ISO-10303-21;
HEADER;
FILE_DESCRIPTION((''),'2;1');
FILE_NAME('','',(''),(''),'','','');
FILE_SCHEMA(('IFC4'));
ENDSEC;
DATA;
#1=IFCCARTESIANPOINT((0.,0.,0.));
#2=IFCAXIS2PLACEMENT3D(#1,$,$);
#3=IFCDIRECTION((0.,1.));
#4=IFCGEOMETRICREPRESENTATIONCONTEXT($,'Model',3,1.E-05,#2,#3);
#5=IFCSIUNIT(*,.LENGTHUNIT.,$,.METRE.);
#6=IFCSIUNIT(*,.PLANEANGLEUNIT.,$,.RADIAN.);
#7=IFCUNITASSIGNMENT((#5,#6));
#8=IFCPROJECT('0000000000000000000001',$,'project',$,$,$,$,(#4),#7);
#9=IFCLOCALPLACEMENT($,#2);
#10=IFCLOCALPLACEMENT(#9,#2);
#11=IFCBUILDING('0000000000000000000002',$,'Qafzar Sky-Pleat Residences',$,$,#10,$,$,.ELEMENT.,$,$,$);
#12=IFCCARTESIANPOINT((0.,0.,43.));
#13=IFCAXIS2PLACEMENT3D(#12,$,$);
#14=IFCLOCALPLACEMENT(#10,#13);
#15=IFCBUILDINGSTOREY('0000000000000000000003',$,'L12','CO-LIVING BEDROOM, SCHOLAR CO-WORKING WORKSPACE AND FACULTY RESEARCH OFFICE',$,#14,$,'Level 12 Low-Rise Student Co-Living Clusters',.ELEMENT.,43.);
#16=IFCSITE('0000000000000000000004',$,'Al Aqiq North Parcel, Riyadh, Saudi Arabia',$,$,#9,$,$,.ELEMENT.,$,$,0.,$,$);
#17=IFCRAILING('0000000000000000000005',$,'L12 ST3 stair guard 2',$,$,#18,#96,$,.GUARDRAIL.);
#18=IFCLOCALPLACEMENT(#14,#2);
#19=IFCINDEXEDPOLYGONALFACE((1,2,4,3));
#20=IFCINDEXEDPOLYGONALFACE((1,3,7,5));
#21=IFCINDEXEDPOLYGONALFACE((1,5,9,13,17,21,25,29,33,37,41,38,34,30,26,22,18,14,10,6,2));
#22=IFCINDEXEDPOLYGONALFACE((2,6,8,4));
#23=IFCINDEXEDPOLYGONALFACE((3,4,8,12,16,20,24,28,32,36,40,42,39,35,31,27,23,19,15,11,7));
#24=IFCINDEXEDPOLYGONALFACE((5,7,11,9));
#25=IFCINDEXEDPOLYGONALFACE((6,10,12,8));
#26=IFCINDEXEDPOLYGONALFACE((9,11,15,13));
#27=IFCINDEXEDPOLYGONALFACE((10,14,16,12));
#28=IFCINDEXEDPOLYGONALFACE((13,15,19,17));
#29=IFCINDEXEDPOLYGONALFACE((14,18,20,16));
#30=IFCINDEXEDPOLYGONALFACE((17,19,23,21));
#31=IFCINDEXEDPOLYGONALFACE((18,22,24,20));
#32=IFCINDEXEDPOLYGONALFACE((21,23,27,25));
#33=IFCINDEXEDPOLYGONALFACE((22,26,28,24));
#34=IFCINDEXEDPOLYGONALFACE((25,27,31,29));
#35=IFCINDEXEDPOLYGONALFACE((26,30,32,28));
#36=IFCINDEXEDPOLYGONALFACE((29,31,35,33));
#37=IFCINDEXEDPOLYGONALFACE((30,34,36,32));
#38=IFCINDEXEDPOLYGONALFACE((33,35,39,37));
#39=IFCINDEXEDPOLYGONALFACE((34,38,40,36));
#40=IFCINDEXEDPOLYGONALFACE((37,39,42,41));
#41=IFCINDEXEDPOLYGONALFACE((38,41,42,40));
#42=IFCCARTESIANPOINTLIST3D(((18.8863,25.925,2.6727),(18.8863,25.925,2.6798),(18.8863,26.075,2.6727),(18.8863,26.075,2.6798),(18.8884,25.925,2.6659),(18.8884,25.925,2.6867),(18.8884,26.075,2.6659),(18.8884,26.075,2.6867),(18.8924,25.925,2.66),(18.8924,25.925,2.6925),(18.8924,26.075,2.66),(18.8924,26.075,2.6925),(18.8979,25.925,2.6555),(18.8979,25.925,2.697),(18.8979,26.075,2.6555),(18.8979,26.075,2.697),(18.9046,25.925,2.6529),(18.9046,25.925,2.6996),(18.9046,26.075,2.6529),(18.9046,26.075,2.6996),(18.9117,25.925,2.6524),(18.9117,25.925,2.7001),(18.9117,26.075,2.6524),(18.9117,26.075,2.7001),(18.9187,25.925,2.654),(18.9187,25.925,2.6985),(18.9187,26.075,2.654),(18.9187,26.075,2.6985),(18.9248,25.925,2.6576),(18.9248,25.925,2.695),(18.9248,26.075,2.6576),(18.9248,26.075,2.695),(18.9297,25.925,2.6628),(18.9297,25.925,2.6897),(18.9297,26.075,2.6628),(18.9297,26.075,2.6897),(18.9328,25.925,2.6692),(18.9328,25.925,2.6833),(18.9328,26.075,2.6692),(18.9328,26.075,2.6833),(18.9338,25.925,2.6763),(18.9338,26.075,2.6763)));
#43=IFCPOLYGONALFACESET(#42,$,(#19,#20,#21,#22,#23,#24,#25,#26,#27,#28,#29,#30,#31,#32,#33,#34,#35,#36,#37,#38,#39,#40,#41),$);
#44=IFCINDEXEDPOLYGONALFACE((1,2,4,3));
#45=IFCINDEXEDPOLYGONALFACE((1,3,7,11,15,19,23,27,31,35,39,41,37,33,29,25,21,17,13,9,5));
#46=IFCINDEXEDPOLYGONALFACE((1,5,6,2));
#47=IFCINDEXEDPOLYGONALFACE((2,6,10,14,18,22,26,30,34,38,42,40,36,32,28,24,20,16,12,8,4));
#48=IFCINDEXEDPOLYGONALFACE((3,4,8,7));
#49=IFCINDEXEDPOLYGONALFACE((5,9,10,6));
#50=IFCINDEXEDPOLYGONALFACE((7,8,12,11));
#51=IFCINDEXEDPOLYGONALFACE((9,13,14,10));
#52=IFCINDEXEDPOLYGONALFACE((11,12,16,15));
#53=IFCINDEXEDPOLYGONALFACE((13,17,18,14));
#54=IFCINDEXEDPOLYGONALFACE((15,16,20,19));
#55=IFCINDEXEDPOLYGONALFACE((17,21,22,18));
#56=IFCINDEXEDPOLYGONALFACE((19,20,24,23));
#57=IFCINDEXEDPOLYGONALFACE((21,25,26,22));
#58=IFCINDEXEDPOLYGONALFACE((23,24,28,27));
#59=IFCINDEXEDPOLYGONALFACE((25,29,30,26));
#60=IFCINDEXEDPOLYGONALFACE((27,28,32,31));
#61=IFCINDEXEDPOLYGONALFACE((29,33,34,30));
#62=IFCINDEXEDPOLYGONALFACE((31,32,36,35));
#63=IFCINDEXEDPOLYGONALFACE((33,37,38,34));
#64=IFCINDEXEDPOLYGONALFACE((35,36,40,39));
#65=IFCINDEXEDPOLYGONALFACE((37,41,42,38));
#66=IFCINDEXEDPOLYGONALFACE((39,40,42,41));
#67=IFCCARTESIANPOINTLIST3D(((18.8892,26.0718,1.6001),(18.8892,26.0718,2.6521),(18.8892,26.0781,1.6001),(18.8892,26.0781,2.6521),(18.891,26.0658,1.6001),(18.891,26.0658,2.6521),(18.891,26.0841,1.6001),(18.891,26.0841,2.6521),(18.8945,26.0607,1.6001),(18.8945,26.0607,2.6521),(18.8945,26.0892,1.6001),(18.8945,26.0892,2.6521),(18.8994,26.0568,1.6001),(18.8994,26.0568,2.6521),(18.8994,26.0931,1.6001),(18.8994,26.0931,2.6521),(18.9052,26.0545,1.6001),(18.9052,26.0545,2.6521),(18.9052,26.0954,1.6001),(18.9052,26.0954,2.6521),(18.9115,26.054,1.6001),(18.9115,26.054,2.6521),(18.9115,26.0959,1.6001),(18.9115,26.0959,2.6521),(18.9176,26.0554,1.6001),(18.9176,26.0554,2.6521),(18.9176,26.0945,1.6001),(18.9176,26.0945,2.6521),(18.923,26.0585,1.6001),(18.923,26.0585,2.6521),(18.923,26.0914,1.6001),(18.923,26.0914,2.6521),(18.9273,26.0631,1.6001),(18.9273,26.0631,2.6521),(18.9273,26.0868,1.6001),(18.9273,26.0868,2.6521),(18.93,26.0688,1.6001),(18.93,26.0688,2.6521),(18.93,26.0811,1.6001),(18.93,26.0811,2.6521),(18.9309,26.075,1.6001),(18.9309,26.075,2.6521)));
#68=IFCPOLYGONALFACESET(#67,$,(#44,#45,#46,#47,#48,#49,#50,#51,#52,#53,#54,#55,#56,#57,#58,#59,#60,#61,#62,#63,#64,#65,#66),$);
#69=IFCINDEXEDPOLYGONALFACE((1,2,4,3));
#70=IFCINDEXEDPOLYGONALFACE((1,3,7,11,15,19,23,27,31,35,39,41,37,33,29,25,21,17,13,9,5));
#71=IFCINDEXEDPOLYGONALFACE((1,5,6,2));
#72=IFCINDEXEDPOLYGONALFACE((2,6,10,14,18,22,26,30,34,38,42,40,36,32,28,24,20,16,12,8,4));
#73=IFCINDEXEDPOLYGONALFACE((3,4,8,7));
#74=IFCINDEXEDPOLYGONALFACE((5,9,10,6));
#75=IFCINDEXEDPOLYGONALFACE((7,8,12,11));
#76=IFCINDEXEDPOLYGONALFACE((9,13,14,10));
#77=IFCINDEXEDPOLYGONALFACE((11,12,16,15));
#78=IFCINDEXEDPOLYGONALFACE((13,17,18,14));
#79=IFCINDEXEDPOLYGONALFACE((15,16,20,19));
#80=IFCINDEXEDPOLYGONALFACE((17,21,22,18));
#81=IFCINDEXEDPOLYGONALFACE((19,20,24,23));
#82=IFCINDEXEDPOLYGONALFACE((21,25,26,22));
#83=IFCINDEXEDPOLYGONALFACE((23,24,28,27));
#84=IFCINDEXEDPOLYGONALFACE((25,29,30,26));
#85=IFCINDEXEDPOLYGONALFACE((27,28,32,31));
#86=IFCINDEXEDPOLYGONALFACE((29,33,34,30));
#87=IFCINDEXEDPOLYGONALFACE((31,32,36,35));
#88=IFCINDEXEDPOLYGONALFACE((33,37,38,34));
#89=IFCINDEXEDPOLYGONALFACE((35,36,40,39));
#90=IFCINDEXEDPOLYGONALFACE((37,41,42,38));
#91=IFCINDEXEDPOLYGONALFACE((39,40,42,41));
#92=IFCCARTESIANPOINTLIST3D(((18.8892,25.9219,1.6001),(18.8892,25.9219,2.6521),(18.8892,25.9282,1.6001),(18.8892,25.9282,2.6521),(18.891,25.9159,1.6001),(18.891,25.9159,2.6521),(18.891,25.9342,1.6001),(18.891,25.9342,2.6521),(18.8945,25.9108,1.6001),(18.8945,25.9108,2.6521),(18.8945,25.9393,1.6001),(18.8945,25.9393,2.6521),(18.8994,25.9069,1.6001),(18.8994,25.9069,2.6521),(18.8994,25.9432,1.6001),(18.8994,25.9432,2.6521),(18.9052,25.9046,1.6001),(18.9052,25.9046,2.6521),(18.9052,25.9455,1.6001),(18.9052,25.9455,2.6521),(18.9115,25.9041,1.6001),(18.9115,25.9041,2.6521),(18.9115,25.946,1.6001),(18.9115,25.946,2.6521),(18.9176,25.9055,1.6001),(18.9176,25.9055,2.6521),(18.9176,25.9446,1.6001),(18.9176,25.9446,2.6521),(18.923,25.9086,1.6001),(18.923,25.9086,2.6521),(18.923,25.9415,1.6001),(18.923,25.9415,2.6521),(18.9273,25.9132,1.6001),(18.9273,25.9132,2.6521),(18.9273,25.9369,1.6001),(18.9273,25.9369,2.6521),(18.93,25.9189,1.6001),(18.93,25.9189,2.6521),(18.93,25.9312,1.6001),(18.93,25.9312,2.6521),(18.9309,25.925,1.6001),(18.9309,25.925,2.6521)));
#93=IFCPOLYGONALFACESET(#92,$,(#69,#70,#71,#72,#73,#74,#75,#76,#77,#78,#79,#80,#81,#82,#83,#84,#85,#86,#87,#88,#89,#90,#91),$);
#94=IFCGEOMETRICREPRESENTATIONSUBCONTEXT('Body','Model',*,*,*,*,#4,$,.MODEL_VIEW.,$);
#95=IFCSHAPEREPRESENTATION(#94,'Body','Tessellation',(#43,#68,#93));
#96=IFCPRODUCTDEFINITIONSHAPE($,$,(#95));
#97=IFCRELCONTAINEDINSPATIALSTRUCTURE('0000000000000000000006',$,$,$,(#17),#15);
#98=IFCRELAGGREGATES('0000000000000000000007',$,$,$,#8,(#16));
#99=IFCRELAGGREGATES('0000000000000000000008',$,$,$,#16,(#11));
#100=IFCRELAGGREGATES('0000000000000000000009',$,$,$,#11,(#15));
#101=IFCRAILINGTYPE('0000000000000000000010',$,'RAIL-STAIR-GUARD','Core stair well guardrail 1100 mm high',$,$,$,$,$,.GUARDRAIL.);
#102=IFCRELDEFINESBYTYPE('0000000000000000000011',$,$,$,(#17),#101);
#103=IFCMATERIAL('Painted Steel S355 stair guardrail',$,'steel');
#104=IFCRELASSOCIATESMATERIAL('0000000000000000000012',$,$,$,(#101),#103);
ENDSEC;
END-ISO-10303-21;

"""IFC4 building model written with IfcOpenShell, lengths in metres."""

from ifc_helpers import new_model, si_unit, direction, frame, origin, origin_2d, place, context, subcontext, project, spatial, circle, extrude, source, transform, mapped, material, type_object, element, save


model = new_model("IFC4")

# Units and contexts
model_context = context("Model", 3, precision=1e-05, world=origin(), true_north=direction((0.0, 1.0)))
body_context = subcontext(model_context, "Body", "Model", "MODEL_VIEW")
ifc_project = project(units=[si_unit("LENGTHUNIT", "METRE"), si_unit("PLANEANGLEUNIT", "RADIAN")], contexts=[model_context])

# Site, building, storey
site_placement = place(None, origin())
site = spatial("IfcSite", under=ifc_project, at=site_placement, Name="Al Aqiq North Parcel, Riyadh, Saudi Arabia", CompositionType="ELEMENT", RefElevation=0.0)
building_placement = place(site_placement, origin())
building = spatial("IfcBuilding", under=site, at=building_placement, Name="Qafzar Sky-Pleat Residences", CompositionType="ELEMENT")
storey_placement = place(building_placement, frame((0.0, 0.0, 43.0)))
storey = spatial("IfcBuildingStorey", under=building, at=storey_placement, Name="L12", Description="CO-LIVING BEDROOM, SCHOLAR CO-WORKING WORKSPACE AND FACULTY RESEARCH OFFICE", LongName="Level 12 Low-Rise Student Co-Living Clusters", CompositionType="ELEMENT", Elevation=43.0)

# Railing
ifc_material_1 = material(Name="Painted Steel S355 stair guardrail", Category="steel")
railing_type = type_object("IfcRailingType", Name="RAIL-STAIR-GUARD", Description="Core stair well guardrail 1100 mm high", PredefinedType="GUARDRAIL", material=ifc_material_1)
shared_shape_1 = source(origin(), body_context, "Body", "SweptSolid", [
    extrude(circle(Radius=0.0239, at=origin_2d()), frame((0.0, 0.0, 1.0762), z_axis=(0.0, -1.0, 0.0), x_axis=(1.0, 0.0, 0.0)), (0.0, 0.0, 1.0), 0.1499),
    extrude(circle(Radius=0.021, at=origin_2d()), origin(), (0.0, 0.0, 1.0), 1.052),
    extrude(circle(Radius=0.021, at=origin_2d()), frame((0.0, -0.1499, 0.0)), (0.0, 0.0, 1.0), 1.052),
])
railing_1_placement = place(storey_placement, frame((18.9099, 26.075, 1.6001)))
element("IfcRailing", 1, at=railing_1_placement, inside=storey, type_object=railing_type, Name="L12 ST3 stair guard 2", PredefinedType="GUARDRAIL", context=body_context, shape_type="MappedRepresentation", body=[
    mapped(shared_shape_1, transform((0.0, 0.0, 0.0), x_axis=(1.0, 0.0, 0.0), y_axis=(0.0, 1.0, 0.0), z_axis=(0.0, 0.0, 1.0), scale=1.0)),
])

save(model, "model.ifc")
